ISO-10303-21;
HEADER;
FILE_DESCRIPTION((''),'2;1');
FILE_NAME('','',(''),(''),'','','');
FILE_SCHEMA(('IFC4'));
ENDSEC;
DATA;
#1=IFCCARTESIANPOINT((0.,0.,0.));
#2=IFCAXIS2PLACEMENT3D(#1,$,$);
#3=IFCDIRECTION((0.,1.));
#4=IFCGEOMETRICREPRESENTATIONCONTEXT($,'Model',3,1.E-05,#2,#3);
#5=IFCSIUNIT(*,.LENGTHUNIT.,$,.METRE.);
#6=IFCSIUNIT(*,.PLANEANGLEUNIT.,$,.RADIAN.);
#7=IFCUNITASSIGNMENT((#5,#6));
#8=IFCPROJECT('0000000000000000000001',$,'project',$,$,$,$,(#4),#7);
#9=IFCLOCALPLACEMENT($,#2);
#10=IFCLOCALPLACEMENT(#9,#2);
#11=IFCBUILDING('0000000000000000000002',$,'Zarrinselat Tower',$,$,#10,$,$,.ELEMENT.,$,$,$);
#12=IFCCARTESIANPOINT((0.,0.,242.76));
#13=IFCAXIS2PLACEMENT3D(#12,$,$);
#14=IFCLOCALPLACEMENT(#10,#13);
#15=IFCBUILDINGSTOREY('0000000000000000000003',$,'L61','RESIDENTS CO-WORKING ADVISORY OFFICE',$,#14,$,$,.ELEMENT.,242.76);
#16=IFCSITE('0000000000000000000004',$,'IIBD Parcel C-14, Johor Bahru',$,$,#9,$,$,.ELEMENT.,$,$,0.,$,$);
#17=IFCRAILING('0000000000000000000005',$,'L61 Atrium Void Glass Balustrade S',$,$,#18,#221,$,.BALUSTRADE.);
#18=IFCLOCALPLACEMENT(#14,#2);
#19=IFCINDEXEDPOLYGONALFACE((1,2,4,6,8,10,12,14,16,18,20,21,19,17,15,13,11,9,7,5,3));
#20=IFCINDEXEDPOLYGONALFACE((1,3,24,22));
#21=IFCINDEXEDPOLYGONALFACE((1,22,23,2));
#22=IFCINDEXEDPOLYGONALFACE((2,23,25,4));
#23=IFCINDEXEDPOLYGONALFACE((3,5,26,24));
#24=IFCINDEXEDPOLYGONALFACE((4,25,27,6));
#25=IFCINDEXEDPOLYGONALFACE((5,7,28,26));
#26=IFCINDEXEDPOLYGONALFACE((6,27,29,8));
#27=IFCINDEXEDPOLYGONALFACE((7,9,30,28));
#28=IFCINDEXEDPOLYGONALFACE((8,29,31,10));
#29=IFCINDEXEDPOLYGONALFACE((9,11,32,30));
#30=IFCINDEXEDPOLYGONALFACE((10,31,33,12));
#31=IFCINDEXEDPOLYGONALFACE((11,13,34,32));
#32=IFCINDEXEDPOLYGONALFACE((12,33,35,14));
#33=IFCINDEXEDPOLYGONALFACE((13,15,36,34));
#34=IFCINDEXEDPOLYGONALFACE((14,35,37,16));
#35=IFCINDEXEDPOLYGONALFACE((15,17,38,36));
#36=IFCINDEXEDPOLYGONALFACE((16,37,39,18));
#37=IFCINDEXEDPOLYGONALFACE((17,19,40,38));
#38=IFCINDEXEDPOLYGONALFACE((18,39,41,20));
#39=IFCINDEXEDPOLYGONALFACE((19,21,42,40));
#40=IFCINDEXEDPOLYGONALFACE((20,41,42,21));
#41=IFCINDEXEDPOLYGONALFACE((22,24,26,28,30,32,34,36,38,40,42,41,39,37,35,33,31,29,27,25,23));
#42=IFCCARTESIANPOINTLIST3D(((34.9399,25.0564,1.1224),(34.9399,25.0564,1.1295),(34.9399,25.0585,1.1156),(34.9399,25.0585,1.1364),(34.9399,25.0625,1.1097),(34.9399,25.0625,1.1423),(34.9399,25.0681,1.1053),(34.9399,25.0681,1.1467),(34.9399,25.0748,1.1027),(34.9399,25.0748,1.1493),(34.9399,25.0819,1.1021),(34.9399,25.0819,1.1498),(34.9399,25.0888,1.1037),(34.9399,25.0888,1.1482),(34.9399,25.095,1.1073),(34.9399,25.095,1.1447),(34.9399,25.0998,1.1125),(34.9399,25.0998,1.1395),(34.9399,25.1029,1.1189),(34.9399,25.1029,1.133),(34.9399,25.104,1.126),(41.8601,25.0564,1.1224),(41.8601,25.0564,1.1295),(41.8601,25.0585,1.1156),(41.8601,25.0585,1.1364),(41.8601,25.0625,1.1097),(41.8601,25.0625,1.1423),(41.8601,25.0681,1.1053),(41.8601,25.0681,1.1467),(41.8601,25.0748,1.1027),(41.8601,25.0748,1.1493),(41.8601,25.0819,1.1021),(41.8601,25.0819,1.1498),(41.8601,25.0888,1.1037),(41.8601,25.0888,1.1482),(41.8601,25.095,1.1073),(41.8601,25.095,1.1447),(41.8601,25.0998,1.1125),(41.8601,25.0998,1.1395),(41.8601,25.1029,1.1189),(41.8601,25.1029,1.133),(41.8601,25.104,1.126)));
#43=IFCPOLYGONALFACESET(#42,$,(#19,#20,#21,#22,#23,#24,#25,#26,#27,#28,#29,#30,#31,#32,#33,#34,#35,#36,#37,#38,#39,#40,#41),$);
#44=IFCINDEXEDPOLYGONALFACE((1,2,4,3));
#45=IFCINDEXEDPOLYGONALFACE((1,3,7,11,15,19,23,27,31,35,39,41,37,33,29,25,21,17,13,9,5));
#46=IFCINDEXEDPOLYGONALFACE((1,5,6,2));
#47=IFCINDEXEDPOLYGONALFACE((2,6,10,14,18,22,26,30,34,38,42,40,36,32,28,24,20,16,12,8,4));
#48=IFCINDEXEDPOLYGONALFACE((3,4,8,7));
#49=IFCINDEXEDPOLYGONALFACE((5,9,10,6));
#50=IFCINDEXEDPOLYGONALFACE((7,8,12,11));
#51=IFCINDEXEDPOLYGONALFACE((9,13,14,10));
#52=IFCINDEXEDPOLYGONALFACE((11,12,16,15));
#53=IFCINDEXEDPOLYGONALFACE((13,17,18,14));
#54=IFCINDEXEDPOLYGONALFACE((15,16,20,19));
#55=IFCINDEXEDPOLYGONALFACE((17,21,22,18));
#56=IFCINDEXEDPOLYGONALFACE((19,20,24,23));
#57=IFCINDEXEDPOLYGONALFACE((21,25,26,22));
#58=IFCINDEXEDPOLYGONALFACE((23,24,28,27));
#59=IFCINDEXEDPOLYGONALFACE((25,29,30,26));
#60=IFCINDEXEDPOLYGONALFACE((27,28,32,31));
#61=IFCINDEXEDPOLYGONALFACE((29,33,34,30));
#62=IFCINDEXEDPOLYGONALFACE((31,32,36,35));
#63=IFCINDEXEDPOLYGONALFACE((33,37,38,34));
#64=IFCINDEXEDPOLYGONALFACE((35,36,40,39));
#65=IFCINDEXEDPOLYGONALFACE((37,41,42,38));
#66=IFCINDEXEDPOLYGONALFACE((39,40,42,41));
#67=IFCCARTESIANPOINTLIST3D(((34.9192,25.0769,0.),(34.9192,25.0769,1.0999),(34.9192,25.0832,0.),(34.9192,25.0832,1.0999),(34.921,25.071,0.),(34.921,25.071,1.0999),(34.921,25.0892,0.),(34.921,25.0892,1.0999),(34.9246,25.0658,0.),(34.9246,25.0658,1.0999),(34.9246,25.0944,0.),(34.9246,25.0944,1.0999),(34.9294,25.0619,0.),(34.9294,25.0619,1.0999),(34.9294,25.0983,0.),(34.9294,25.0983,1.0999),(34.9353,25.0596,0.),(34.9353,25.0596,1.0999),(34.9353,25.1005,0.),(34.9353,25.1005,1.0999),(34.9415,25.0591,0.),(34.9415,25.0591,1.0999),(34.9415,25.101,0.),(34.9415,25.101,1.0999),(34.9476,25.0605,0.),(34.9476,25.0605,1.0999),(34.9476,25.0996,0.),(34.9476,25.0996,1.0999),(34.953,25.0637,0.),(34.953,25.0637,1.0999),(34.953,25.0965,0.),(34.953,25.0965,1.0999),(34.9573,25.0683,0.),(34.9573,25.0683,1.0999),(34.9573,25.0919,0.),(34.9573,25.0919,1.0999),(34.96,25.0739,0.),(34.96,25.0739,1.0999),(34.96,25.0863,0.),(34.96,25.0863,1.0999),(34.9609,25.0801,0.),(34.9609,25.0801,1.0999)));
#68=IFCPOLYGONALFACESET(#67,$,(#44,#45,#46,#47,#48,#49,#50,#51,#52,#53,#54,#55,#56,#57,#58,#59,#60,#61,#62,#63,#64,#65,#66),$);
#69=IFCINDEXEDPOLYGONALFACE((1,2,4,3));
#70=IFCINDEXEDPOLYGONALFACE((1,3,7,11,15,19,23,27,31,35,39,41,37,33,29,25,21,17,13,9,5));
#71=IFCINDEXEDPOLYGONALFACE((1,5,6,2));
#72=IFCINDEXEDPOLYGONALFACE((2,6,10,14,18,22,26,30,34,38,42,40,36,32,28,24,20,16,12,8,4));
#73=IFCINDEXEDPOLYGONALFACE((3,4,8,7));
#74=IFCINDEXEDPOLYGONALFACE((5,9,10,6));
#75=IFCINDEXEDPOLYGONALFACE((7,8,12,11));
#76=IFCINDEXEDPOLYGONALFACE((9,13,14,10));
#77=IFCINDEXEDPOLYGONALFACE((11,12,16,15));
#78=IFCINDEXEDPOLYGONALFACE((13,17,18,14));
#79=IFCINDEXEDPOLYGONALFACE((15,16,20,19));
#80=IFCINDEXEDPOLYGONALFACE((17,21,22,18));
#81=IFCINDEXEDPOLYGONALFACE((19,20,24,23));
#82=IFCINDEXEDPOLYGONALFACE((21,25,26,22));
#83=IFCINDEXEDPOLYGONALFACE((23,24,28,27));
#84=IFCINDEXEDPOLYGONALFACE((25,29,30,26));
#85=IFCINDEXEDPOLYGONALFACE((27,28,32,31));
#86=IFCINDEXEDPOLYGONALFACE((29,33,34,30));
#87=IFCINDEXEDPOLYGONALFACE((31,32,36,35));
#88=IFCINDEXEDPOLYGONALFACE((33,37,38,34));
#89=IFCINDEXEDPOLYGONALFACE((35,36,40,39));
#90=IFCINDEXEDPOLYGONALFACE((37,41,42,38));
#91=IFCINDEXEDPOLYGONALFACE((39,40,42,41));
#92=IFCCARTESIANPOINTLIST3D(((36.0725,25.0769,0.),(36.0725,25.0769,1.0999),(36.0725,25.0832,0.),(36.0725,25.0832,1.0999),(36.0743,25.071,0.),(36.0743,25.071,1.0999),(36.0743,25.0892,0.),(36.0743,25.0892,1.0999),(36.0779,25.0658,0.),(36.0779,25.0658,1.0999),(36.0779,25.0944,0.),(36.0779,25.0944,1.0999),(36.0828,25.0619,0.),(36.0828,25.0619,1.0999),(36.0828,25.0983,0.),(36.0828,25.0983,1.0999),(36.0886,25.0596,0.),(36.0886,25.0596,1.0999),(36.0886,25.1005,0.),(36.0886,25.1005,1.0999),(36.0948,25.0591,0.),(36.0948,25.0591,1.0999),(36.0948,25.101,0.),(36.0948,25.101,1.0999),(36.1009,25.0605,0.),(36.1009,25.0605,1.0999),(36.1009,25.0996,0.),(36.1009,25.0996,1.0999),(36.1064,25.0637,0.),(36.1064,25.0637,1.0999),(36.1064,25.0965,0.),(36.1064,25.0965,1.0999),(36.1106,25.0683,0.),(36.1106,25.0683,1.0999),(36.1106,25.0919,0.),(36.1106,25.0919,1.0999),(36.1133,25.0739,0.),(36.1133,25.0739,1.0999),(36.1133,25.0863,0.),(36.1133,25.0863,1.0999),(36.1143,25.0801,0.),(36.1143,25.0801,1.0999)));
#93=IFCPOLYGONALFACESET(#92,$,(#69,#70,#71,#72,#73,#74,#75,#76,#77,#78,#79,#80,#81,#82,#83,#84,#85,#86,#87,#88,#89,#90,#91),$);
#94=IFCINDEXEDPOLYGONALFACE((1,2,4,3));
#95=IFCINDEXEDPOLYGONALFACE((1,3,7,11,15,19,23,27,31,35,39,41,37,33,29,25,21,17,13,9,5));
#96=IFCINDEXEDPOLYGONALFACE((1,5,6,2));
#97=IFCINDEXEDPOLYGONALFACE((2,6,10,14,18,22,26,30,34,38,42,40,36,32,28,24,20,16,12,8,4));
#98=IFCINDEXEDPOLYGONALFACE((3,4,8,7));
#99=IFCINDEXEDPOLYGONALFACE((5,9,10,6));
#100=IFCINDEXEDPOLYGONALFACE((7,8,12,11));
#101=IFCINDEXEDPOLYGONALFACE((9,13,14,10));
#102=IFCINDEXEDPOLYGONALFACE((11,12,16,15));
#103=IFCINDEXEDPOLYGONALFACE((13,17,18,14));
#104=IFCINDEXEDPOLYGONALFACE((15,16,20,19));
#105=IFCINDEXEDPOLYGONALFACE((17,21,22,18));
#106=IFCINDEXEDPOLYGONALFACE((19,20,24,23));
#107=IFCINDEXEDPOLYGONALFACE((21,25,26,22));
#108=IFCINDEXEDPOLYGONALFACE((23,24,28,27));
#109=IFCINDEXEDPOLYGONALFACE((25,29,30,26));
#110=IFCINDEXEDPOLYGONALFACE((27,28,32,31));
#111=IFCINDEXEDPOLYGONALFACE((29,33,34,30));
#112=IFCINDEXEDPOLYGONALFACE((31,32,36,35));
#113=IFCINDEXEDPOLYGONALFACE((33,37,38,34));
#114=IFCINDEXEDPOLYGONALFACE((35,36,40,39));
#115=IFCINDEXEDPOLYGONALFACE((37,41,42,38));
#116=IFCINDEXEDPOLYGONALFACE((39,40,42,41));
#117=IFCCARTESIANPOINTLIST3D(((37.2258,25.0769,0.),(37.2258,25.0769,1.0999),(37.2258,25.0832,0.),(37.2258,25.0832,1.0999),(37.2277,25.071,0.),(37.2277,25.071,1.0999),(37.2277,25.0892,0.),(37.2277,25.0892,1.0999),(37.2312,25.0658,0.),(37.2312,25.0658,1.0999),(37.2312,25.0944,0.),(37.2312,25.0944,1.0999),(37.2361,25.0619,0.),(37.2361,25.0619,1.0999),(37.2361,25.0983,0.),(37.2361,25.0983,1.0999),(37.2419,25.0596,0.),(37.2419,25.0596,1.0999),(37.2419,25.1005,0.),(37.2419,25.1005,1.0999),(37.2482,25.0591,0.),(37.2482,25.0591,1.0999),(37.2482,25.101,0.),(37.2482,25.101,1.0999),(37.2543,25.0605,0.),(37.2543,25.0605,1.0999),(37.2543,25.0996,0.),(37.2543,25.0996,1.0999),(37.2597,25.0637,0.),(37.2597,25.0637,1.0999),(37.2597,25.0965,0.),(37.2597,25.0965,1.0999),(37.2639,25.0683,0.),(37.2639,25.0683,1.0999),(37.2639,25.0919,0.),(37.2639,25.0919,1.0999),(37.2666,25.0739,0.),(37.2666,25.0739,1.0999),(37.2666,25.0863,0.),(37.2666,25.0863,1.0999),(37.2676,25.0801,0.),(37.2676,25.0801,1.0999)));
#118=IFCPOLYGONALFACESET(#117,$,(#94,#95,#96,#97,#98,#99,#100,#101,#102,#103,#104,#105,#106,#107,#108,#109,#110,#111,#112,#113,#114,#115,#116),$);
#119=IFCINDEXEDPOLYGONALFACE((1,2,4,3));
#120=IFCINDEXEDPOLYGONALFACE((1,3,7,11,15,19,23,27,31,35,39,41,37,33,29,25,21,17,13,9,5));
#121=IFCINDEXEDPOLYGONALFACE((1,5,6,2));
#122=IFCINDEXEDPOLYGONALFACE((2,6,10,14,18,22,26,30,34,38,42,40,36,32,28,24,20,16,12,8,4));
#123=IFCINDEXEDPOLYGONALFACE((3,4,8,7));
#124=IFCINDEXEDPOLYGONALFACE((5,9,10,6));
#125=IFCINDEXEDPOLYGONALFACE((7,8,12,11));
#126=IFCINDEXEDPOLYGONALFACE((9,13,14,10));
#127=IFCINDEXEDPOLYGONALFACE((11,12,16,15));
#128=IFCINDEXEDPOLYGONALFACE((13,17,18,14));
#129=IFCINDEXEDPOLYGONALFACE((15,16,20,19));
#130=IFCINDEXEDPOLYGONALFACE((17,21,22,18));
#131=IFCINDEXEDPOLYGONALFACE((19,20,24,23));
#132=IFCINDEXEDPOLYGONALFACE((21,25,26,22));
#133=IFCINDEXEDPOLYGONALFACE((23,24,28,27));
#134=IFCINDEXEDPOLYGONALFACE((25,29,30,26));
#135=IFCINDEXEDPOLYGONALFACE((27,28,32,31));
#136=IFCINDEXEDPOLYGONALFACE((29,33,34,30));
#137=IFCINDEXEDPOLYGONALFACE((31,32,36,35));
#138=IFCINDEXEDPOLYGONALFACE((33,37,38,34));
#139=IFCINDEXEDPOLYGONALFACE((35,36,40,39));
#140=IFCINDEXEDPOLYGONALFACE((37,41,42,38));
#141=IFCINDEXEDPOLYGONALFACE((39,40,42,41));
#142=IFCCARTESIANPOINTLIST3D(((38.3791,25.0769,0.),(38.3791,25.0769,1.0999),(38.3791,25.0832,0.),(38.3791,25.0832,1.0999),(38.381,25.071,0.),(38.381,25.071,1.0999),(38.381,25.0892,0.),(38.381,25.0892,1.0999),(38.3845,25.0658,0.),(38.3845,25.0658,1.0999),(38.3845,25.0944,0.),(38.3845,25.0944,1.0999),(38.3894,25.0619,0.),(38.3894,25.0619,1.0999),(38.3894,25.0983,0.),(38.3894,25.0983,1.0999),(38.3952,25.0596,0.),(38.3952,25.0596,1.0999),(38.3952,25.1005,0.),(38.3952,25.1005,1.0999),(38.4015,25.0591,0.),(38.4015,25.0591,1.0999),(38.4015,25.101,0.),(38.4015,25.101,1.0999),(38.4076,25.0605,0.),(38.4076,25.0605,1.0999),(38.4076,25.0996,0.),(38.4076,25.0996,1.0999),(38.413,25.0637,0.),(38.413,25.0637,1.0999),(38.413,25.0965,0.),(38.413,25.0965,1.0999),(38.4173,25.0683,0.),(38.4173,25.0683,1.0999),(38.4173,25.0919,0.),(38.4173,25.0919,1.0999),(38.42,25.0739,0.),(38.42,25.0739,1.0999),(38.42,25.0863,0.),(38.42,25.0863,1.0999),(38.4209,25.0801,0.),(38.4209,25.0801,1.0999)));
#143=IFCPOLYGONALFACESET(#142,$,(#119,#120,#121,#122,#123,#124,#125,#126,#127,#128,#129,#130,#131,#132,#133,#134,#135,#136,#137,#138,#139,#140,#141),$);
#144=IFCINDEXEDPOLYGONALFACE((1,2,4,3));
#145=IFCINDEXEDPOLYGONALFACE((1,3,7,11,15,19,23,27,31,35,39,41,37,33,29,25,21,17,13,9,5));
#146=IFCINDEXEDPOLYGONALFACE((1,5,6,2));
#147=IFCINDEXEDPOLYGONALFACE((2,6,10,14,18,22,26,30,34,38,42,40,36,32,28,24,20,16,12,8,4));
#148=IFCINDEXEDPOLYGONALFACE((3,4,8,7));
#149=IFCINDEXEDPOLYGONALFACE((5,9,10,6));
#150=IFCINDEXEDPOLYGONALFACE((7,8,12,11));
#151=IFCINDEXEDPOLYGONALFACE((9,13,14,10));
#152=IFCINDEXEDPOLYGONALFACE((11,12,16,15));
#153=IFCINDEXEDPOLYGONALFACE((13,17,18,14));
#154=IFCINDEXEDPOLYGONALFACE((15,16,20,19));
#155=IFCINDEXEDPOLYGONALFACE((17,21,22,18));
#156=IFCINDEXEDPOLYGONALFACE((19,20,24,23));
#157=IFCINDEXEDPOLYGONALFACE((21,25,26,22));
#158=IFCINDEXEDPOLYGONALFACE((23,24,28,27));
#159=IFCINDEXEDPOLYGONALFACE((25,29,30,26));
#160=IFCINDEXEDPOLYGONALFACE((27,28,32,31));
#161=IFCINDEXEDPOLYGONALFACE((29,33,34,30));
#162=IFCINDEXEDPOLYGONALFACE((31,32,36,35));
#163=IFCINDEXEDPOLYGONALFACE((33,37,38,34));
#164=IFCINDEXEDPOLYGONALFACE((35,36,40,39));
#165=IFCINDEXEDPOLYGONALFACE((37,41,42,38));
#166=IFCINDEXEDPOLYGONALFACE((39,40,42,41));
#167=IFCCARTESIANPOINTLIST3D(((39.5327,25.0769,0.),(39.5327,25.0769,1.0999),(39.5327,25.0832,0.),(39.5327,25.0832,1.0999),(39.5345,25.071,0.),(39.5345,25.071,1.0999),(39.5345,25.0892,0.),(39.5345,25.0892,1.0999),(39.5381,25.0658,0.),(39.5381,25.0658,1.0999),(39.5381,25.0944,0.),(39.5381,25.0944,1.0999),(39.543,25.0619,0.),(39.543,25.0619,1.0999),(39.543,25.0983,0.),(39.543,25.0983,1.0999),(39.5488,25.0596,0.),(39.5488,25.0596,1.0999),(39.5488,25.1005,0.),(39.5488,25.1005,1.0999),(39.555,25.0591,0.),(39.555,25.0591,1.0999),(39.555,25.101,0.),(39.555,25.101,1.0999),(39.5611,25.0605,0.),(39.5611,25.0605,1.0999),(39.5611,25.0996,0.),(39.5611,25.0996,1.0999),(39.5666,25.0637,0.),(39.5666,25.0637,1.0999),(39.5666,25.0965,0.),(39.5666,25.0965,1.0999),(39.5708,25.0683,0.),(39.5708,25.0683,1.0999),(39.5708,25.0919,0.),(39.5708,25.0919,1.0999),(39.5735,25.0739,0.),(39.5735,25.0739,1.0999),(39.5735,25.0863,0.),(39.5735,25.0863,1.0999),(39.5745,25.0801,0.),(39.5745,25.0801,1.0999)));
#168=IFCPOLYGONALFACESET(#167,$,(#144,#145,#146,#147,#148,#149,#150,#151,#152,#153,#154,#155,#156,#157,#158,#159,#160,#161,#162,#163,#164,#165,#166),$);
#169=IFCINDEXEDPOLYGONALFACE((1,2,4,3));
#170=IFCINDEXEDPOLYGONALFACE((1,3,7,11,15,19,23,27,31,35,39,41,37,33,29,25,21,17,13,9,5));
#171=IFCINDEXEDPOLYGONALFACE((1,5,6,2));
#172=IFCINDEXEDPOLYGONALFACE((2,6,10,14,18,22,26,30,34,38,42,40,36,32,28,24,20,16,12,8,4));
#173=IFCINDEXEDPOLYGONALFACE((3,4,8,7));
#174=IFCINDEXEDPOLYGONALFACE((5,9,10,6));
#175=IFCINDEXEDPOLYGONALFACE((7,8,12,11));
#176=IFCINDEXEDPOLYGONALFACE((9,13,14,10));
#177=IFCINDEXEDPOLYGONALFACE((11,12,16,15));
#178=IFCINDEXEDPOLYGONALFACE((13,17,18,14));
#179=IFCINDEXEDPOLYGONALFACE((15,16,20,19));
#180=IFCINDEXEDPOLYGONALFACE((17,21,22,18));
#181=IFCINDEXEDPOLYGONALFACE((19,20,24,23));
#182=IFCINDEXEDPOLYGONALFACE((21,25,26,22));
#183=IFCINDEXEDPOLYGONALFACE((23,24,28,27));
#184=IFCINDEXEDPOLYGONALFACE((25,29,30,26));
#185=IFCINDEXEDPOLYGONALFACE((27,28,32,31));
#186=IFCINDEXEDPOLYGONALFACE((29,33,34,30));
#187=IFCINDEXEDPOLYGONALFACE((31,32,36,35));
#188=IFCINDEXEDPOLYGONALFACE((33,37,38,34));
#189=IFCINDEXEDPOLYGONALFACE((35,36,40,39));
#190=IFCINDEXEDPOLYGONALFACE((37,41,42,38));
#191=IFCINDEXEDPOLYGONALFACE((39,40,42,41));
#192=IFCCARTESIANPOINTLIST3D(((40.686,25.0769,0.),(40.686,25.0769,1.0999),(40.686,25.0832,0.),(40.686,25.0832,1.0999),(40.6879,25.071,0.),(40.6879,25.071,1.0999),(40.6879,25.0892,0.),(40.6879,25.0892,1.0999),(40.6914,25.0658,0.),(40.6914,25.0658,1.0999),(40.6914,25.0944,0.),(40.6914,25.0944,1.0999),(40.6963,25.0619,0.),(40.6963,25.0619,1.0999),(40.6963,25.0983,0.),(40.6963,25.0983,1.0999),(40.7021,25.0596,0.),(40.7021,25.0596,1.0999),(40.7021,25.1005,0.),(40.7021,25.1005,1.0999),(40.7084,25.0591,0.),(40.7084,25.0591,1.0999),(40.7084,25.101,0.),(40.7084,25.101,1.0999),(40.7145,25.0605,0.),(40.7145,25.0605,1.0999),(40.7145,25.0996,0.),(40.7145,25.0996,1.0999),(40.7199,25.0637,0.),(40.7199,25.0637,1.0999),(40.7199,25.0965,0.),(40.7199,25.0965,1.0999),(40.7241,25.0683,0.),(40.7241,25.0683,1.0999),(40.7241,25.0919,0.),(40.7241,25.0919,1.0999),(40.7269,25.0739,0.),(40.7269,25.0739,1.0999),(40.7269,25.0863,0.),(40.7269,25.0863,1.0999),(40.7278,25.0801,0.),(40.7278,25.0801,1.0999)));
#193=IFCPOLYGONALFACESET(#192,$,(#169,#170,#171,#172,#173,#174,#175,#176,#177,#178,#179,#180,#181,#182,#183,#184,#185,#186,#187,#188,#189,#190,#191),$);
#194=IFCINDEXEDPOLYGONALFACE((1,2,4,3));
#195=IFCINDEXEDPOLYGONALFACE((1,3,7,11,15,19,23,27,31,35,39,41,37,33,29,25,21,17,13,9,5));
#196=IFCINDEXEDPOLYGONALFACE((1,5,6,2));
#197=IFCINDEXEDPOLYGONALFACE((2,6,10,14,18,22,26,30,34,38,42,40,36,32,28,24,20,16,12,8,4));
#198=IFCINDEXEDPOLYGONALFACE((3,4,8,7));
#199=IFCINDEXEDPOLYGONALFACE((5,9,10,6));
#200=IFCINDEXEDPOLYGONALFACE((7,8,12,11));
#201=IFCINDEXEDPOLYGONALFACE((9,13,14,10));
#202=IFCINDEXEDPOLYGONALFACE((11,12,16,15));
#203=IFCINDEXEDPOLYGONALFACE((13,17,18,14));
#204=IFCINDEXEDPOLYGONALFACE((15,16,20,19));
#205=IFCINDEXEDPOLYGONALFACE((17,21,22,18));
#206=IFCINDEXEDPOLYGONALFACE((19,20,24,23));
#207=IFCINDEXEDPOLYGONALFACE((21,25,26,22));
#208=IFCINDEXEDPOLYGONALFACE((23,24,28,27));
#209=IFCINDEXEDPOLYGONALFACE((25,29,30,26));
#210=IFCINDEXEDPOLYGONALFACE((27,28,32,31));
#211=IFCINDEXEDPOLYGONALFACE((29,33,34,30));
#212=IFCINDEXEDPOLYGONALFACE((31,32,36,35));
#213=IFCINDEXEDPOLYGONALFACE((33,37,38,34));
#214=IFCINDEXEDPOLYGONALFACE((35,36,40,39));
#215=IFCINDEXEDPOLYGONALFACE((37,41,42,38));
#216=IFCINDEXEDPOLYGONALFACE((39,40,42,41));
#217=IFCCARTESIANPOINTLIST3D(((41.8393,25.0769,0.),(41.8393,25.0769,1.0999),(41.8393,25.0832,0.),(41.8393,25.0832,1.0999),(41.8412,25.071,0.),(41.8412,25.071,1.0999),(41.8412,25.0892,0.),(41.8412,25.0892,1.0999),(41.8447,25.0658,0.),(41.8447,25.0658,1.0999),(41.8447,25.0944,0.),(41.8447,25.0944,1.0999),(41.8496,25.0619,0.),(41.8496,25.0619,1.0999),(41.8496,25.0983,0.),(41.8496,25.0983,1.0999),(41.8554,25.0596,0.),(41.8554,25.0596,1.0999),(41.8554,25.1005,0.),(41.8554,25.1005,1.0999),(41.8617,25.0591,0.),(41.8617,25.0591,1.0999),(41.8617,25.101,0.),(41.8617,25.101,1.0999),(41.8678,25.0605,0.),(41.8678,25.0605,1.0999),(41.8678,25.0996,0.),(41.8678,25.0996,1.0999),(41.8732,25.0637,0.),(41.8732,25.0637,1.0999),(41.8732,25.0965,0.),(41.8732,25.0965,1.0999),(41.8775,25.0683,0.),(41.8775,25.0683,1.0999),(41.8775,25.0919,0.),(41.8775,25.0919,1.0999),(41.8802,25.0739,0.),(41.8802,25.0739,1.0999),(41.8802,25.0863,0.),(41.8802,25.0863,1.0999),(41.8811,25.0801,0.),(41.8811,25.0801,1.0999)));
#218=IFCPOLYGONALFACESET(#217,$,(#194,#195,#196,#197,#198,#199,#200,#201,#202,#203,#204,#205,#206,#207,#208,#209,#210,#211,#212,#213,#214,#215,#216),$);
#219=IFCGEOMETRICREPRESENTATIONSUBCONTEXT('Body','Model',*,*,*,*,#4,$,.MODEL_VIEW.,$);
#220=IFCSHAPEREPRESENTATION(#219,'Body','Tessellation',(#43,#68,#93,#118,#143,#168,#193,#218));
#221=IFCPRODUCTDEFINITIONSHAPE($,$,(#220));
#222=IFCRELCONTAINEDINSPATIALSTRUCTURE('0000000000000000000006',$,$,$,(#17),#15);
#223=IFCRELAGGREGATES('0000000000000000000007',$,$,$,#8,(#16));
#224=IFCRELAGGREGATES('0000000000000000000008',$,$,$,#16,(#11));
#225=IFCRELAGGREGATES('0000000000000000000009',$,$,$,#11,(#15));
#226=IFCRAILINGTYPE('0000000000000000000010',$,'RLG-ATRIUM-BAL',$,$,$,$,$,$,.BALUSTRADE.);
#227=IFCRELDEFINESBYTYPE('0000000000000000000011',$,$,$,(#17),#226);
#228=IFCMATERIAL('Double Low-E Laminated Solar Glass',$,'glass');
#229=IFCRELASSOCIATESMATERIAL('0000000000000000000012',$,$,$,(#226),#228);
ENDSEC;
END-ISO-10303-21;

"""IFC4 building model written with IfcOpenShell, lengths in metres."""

from ifc_helpers import new_model, si_unit, direction, frame, origin, origin_2d, place, context, subcontext, project, spatial, circle, extrude, material, type_object, element, save


model = new_model("IFC4")

# Units and contexts
model_context = context("Model", 3, precision=1e-05, world=origin(), true_north=direction((0.0, 1.0)))
body_context = subcontext(model_context, "Body", "Model", "MODEL_VIEW")
ifc_project = project(units=[si_unit("LENGTHUNIT", "METRE"), si_unit("PLANEANGLEUNIT", "RADIAN")], contexts=[model_context])

# Site, building, storey
site_placement = place(None, origin())
site = spatial("IfcSite", under=ifc_project, at=site_placement, Name="IIBD Parcel C-14, Johor Bahru", CompositionType="ELEMENT", RefElevation=0.0)
building_placement = place(site_placement, origin())
building = spatial("IfcBuilding", under=site, at=building_placement, Name="Zarrinselat Tower", CompositionType="ELEMENT")
storey_placement = place(building_placement, frame((0.0, 0.0, 242.76)))
storey = spatial("IfcBuildingStorey", under=building, at=storey_placement, Name="L61", Description="RESIDENTS CO-WORKING ADVISORY OFFICE", CompositionType="ELEMENT", Elevation=242.76)

# Railing
ifc_material_1 = material(Name="Double Low-E Laminated Solar Glass", Category="glass")
railing_type = type_object("IfcRailingType", Name="RLG-ATRIUM-BAL", PredefinedType="BALUSTRADE", material=ifc_material_1)
railing_placement = place(storey_placement, frame((34.9399, 25.0801, 0.0)))
element("IfcRailing", 1, at=railing_placement, inside=storey, type_object=railing_type, Name="L61 Atrium Void Glass Balustrade S", PredefinedType="BALUSTRADE", context=body_context, shape_type="SweptSolid", body=[
    extrude(circle(Radius=0.0239, at=origin_2d()), frame((0.0, 0.0, 1.126), z_axis=(1.0, 0.0, 0.0), x_axis=(0.0, 1.0, 0.0)), (0.0, 0.0, 1.0), 6.9202),
    extrude(circle(Radius=0.021, at=origin_2d()), origin(), (0.0, 0.0, 1.0), 1.0999),
    extrude(circle(Radius=0.021, at=origin_2d()), frame((1.1533, 0.0, 0.0)), (0.0, 0.0, 1.0), 1.0999),
    extrude(circle(Radius=0.021, at=origin_2d()), frame((2.3066, 0.0, 0.0)), (0.0, 0.0, 1.0), 1.0999),
    extrude(circle(Radius=0.021, at=origin_2d()), frame((3.46, 0.0, 0.0)), (0.0, 0.0, 1.0), 1.0999),
    extrude(circle(Radius=0.021, at=origin_2d()), frame((4.6135, 0.0, 0.0)), (0.0, 0.0, 1.0), 1.0999),
    extrude(circle(Radius=0.021, at=origin_2d()), frame((5.7668, 0.0, 0.0)), (0.0, 0.0, 1.0), 1.0999),
    extrude(circle(Radius=0.021, at=origin_2d()), frame((6.9202, 0.0, 0.0)), (0.0, 0.0, 1.0), 1.0999),
])

save(model, "model.ifc")
